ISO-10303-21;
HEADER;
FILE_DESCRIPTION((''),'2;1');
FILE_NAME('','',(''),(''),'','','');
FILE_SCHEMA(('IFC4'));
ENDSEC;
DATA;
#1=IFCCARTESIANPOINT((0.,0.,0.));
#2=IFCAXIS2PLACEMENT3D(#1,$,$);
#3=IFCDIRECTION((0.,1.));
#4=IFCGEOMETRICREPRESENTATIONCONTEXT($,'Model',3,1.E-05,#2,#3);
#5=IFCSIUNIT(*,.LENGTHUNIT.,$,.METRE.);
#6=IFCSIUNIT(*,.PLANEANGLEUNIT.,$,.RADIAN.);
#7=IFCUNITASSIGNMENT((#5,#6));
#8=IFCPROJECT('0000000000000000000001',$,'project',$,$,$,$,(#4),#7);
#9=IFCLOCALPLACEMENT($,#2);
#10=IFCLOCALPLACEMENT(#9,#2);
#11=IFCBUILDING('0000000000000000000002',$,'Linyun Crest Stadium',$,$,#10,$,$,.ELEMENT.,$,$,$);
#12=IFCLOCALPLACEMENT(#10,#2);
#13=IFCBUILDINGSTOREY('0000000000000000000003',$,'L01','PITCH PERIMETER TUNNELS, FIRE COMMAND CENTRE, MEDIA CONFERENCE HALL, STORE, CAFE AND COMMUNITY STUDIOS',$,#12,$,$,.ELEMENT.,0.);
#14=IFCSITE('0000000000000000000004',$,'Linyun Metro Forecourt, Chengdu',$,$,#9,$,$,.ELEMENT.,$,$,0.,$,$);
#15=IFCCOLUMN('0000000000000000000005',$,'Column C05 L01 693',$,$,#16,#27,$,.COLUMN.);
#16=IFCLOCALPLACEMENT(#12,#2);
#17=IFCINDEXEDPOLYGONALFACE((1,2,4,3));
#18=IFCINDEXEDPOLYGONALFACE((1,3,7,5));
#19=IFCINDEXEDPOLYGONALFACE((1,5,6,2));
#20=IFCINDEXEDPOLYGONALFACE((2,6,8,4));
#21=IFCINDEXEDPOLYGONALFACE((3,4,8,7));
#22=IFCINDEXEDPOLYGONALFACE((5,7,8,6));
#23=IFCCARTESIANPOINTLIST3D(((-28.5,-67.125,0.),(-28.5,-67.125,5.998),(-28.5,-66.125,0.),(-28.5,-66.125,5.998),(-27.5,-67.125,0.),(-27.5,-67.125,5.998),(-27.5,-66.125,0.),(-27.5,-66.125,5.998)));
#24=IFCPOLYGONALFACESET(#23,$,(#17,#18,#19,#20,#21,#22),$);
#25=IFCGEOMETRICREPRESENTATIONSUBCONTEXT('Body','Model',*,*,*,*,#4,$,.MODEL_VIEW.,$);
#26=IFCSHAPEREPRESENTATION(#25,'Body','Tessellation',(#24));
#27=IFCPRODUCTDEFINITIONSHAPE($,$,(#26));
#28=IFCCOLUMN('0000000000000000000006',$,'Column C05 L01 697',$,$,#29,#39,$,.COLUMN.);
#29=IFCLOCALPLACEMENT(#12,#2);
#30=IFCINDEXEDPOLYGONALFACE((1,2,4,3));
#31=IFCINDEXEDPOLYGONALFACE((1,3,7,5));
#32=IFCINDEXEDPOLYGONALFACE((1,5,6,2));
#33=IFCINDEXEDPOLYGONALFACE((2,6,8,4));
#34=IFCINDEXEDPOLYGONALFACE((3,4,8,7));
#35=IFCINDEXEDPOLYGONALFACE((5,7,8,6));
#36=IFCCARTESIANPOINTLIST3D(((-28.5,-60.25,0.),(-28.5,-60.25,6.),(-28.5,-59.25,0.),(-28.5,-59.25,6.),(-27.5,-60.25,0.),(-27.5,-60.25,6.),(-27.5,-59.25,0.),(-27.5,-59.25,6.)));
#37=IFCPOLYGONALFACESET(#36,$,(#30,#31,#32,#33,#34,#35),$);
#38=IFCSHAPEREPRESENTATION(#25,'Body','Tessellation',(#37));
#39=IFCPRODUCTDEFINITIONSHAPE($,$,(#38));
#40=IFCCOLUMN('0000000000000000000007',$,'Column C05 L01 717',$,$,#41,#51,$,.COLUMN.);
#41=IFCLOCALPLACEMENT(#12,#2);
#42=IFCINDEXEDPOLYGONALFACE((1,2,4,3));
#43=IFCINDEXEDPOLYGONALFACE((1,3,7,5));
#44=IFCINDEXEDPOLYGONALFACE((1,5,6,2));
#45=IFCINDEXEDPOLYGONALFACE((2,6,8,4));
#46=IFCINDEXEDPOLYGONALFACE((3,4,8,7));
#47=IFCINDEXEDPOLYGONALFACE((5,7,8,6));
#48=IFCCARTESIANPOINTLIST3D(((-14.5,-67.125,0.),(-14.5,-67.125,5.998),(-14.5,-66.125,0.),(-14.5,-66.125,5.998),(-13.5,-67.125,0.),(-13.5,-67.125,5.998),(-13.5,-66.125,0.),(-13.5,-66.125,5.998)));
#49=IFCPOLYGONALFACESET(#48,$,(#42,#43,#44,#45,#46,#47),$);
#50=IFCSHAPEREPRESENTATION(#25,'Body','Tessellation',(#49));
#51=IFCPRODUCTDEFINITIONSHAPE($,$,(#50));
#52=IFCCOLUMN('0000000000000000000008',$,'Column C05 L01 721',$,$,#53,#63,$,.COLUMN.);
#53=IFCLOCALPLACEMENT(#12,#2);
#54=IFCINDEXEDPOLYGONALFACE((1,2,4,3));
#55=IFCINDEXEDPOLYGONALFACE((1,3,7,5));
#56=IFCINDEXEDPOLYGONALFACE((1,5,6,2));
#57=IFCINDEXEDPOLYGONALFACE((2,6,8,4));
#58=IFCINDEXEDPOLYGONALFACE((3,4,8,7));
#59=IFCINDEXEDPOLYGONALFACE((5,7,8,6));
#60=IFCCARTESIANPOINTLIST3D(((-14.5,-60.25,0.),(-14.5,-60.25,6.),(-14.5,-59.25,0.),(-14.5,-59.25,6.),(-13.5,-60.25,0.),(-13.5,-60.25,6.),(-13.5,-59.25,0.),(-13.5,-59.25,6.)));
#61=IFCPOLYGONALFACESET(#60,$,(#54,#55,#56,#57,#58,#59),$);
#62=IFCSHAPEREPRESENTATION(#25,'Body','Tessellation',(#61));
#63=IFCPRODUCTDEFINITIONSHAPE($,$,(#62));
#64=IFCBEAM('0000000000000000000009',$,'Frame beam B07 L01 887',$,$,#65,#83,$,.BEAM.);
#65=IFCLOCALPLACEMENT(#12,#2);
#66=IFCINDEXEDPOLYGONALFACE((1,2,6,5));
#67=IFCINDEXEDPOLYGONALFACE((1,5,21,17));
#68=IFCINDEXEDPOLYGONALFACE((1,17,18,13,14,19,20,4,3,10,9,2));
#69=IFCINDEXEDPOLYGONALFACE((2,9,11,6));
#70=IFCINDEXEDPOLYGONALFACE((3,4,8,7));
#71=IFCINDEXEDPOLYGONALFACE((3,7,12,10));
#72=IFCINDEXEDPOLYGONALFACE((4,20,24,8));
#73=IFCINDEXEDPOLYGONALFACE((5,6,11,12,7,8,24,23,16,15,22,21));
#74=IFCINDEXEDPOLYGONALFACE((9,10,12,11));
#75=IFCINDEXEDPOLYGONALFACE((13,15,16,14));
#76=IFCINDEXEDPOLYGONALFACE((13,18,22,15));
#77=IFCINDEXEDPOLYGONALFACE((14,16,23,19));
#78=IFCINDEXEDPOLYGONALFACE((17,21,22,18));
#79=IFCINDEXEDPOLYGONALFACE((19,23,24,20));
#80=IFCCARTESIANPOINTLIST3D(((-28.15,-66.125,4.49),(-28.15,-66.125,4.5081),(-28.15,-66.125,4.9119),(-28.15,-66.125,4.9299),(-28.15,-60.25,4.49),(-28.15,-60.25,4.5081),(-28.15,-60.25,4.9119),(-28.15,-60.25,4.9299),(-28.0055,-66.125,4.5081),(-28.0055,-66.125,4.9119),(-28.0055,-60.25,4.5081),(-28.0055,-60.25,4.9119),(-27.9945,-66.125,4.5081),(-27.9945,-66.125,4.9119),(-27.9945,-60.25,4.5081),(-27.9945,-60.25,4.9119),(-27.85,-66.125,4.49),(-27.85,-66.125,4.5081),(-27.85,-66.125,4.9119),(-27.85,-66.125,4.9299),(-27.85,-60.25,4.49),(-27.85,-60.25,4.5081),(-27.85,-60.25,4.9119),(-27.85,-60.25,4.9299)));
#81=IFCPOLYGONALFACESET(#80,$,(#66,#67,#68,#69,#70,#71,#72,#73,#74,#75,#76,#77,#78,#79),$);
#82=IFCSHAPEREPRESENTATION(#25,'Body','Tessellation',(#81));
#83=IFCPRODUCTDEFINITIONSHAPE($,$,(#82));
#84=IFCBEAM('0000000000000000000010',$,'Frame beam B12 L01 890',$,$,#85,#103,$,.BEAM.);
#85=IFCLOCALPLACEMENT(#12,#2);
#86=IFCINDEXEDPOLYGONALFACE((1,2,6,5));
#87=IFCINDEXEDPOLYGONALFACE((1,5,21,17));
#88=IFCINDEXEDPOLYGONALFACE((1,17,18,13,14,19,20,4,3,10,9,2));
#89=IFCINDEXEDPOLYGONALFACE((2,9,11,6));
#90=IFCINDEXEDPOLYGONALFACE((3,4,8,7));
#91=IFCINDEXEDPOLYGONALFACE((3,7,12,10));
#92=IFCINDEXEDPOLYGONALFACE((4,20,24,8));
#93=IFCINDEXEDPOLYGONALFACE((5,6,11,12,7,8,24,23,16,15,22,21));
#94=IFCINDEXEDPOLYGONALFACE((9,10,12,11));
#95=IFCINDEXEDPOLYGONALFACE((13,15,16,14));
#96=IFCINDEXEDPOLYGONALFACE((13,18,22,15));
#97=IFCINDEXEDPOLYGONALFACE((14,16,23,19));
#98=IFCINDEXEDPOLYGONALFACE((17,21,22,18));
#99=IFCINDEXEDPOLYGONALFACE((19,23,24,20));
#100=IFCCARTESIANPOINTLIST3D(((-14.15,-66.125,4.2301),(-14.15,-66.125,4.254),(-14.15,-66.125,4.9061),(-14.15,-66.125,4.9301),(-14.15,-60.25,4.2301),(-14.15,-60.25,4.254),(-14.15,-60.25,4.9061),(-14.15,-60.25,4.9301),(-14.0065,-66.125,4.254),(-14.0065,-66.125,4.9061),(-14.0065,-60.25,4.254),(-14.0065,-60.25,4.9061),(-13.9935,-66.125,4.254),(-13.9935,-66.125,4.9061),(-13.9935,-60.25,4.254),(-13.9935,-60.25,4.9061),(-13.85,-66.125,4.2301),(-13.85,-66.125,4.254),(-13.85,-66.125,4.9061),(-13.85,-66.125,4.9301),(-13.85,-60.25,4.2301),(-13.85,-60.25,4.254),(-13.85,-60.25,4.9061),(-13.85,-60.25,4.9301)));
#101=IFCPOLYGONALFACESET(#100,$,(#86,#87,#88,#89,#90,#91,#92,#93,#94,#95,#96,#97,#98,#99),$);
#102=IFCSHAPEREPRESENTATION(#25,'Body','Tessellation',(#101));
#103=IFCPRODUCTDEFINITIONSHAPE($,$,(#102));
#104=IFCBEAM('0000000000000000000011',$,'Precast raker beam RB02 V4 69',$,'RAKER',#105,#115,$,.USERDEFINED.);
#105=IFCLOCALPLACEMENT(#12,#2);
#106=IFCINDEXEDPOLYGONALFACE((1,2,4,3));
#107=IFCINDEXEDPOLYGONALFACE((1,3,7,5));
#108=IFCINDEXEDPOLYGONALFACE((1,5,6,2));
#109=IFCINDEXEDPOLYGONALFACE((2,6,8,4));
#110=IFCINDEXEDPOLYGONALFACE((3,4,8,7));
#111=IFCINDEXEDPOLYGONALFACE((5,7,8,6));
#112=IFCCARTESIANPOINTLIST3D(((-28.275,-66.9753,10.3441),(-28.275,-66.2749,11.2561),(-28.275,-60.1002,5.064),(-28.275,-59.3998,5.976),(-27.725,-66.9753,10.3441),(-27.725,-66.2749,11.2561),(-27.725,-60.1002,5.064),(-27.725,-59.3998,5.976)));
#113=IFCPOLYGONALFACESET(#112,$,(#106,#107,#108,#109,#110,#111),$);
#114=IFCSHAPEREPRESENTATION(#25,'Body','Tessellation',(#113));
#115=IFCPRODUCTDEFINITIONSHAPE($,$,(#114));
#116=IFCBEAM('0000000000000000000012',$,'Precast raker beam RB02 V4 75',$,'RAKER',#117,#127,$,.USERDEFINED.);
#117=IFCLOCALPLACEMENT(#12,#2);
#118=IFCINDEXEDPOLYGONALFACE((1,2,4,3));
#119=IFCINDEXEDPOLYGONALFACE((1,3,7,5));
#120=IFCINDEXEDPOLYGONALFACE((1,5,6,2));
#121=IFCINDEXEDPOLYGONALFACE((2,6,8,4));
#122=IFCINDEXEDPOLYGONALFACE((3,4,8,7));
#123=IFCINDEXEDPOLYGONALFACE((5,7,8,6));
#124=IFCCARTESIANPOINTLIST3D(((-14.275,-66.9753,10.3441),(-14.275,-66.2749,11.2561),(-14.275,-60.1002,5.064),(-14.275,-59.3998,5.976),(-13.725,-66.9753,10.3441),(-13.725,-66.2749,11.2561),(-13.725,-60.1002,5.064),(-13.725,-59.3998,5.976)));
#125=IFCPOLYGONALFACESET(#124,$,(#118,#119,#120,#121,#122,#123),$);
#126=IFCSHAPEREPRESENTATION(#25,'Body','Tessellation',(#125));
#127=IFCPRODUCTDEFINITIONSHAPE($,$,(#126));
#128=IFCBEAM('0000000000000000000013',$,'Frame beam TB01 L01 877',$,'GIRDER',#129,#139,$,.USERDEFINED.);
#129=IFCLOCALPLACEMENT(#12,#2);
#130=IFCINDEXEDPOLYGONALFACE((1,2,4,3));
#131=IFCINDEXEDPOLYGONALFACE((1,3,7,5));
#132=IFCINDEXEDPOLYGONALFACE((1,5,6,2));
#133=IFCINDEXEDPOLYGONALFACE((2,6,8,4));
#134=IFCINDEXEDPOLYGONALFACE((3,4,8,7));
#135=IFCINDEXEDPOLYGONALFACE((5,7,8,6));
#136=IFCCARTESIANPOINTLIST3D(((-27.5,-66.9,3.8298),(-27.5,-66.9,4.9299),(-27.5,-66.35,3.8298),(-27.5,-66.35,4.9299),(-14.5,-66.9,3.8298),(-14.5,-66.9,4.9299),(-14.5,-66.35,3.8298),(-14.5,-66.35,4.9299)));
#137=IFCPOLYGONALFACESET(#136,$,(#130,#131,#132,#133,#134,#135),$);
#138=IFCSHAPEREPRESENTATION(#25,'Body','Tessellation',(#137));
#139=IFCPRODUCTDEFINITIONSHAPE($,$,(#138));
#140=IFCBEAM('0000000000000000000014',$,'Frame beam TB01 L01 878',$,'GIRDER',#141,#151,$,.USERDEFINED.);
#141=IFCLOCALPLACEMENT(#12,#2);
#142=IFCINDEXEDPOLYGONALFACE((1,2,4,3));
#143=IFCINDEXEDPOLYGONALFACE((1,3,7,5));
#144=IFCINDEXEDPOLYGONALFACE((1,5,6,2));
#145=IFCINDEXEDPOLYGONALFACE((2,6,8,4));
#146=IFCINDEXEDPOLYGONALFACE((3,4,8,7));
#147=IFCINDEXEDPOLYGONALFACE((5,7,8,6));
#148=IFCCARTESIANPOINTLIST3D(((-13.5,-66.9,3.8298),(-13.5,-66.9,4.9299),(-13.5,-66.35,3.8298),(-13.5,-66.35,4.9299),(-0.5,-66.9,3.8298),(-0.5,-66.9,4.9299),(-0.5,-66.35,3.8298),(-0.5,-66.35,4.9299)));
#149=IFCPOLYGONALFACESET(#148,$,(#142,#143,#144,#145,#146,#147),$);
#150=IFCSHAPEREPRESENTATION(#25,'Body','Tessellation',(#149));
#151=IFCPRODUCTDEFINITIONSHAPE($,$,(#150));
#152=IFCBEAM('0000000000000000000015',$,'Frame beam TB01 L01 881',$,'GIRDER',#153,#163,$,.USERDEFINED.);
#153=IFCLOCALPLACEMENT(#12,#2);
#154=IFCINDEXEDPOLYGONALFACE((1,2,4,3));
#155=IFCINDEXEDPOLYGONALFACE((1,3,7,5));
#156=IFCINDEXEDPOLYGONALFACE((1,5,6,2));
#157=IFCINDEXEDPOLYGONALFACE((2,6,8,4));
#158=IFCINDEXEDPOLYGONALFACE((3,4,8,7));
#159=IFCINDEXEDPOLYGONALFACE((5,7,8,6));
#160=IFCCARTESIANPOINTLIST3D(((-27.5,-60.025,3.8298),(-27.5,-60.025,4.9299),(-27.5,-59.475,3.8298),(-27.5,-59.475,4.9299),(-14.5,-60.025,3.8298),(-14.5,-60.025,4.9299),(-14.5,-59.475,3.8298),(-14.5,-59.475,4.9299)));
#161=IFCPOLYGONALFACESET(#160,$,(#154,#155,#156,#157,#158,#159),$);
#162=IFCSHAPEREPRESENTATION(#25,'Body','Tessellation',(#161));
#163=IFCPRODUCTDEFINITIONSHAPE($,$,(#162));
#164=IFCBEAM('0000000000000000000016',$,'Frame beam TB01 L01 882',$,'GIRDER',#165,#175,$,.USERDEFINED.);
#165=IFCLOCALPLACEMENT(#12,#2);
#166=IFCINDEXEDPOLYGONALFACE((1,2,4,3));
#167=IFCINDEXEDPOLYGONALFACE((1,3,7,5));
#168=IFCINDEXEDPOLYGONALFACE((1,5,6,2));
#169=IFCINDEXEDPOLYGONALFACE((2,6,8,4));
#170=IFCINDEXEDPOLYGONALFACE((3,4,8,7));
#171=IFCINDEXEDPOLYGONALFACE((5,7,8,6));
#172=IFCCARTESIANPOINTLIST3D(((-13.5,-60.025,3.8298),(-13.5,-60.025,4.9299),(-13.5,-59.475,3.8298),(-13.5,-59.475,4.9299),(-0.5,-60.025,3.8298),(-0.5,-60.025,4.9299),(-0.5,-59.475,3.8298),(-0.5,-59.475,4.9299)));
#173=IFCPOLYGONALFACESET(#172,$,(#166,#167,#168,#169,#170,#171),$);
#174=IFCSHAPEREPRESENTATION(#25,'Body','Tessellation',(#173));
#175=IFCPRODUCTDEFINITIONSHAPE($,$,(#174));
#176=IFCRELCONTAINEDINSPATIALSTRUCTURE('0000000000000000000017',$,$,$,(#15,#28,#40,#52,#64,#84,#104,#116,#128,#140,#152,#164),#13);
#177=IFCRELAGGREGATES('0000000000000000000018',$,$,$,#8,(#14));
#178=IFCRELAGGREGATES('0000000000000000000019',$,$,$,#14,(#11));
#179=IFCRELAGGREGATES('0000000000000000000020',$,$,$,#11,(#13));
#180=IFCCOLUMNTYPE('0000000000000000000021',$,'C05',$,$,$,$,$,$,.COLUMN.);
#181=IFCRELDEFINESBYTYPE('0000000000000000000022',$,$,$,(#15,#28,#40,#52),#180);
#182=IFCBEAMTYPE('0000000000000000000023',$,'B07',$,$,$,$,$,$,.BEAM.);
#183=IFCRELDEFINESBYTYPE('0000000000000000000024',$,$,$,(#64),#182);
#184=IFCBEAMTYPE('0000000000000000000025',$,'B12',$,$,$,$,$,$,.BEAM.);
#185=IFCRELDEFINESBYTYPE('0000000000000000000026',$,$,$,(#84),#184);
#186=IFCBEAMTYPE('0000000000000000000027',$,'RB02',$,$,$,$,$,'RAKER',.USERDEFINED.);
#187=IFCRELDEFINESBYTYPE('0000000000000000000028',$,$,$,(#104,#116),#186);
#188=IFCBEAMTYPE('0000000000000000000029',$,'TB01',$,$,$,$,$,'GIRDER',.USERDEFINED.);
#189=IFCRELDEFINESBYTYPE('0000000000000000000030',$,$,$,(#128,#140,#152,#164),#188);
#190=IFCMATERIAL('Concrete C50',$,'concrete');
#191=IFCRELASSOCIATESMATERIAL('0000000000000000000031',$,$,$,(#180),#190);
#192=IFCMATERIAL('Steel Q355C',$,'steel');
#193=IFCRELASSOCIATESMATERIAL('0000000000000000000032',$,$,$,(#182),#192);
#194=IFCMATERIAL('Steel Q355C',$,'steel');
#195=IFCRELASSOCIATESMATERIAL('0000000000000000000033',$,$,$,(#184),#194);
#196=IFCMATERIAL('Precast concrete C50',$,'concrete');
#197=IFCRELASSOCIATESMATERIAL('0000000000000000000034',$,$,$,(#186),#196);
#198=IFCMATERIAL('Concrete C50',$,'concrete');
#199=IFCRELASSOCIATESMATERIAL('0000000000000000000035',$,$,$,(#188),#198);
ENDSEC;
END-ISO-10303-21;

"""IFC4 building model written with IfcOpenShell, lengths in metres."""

from ifc_helpers import new_model, si_unit, direction, frame, origin, origin_2d, place, context, subcontext, project, spatial, rectangle, i_section, extrude, material, material_profile, profile_set, type_object, element, save


model = new_model("IFC4")

# Units and contexts
model_context = context("Model", 3, precision=1e-05, world=origin(), true_north=direction((0.0, 1.0)))
body_context = subcontext(model_context, "Body", "Model", "MODEL_VIEW")
ifc_project = project(units=[si_unit("LENGTHUNIT", "METRE"), si_unit("PLANEANGLEUNIT", "RADIAN")], contexts=[model_context])

# Site, building, storey
site_placement = place(None, origin())
site = spatial("IfcSite", under=ifc_project, at=site_placement, Name="Linyun Metro Forecourt, Chengdu", CompositionType="ELEMENT", RefElevation=0.0)
building_placement = place(site_placement, origin())
building = spatial("IfcBuilding", under=site, at=building_placement, Name="Linyun Crest Stadium", CompositionType="ELEMENT")
storey_placement = place(building_placement, origin())
storey = spatial("IfcBuildingStorey", under=building, at=storey_placement, Name="L01", Description="PITCH PERIMETER TUNNELS, FIRE COMMAND CENTRE, MEDIA CONFERENCE HALL, STORE, CAFE AND COMMUNITY STUDIOS", CompositionType="ELEMENT", Elevation=0.0)

# Columns
ifc_material_1 = material(Name="Concrete C50", Category="concrete")
ifc_material_profile_1 = material_profile(ifc_material_1, rectangle(XDim=1.0, YDim=1.0, at=origin_2d()), Name="RC 1000x1000")
ifc_profile_set_1 = profile_set([ifc_material_profile_1], Name="Concrete C50")
column_type = type_object("IfcColumnType", Name="C05", PredefinedType="COLUMN", material=ifc_profile_set_1)
column_1_placement = place(storey_placement, frame((-28.0, -66.625, 0.0), z_axis=(0.0, 0.0, 1.0), x_axis=(1.0, 0.0, 0.0)))
element("IfcColumn", 1, at=column_1_placement, inside=storey, type_object=column_type, Name="Column C05 L01 693", PredefinedType="COLUMN", context=body_context, shape_type="SweptSolid", body=[
    extrude(rectangle(XDim=1.0, YDim=1.0, at=origin_2d()), origin(), (0.0, 0.0, 1.0), 5.998),
])
column_2_placement = place(storey_placement, frame((-28.0, -59.75, 0.0), z_axis=(0.0, 0.0, 1.0), x_axis=(1.0, 0.0, 0.0)))
element("IfcColumn", 2, at=column_2_placement, inside=storey, type_object=column_type, Name="Column C05 L01 697", PredefinedType="COLUMN", context=body_context, shape_type="SweptSolid", body=[
    extrude(rectangle(XDim=1.0, YDim=1.0, at=origin_2d()), origin(), (0.0, 0.0, 1.0), 6.0),
])
column_3_placement = place(storey_placement, frame((-14.0, -66.625, 0.0), z_axis=(0.0, 0.0, 1.0), x_axis=(1.0, 0.0, 0.0)))
element("IfcColumn", 3, at=column_3_placement, inside=storey, type_object=column_type, Name="Column C05 L01 717", PredefinedType="COLUMN", context=body_context, shape_type="SweptSolid", body=[
    extrude(rectangle(XDim=1.0, YDim=1.0, at=origin_2d()), origin(), (0.0, 0.0, 1.0), 5.998),
])
column_4_placement = place(storey_placement, frame((-14.0, -59.75, 0.0), z_axis=(0.0, 0.0, 1.0), x_axis=(1.0, 0.0, 0.0)))
element("IfcColumn", 4, at=column_4_placement, inside=storey, type_object=column_type, Name="Column C05 L01 721", PredefinedType="COLUMN", context=body_context, shape_type="SweptSolid", body=[
    extrude(rectangle(XDim=1.0, YDim=1.0, at=origin_2d()), origin(), (0.0, 0.0, 1.0), 6.0),
])

# Beams
ifc_material_2 = material(Name="Steel Q355C", Category="steel")
ifc_material_profile_2 = material_profile(ifc_material_2, i_section(OverallWidth=0.3, OverallDepth=0.4399, WebThickness=0.011, FlangeThickness=0.0181, at=origin_2d()), Name="HM 440x300")
ifc_profile_set_2 = profile_set([ifc_material_profile_2], Name="Steel Q355C")
beam_type_1 = type_object("IfcBeamType", Name="B07", PredefinedType="BEAM", material=ifc_profile_set_2)
beam_1_placement = place(storey_placement, frame((-28.0, -66.125, 4.71), z_axis=(0.0, 1.0, 0.0), x_axis=(-1.0, 0.0, 0.0)))
element("IfcBeam", 5, at=beam_1_placement, inside=storey, type_object=beam_type_1, Name="Frame beam B07 L01 887", PredefinedType="BEAM", context=body_context, shape_type="SweptSolid", body=[
    extrude(i_section(OverallWidth=0.3, OverallDepth=0.4399, WebThickness=0.011, FlangeThickness=0.0181, at=origin_2d()), origin(), (0.0, 0.0, 1.0), 5.875),
])
ifc_material_3 = material(Name="Steel Q355C", Category="steel")
ifc_material_profile_3 = material_profile(ifc_material_3, i_section(OverallWidth=0.3, OverallDepth=0.7, WebThickness=0.0129, FlangeThickness=0.0239, at=origin_2d()), Name="HN 700x300")
ifc_profile_set_3 = profile_set([ifc_material_profile_3], Name="Steel Q355C")
beam_type_2 = type_object("IfcBeamType", Name="B12", PredefinedType="BEAM", material=ifc_profile_set_3)
beam_2_placement = place(storey_placement, frame((-14.0, -66.125, 4.5801), z_axis=(0.0, 1.0, 0.0), x_axis=(-1.0, 0.0, 0.0)))
element("IfcBeam", 6, at=beam_2_placement, inside=storey, type_object=beam_type_2, Name="Frame beam B12 L01 890", PredefinedType="BEAM", context=body_context, shape_type="SweptSolid", body=[
    extrude(i_section(OverallWidth=0.3, OverallDepth=0.7, WebThickness=0.0129, FlangeThickness=0.0239, at=origin_2d()), origin(), (0.0, 0.0, 1.0), 5.875),
])
ifc_material_4 = material(Name="Precast concrete C50", Category="concrete")
ifc_material_profile_4 = material_profile(ifc_material_4, rectangle(XDim=0.55, YDim=1.1499, at=origin_2d()), Name="PCR 1150x550")
ifc_profile_set_4 = profile_set([ifc_material_profile_4], Name="Precast concrete C50")
beam_type_3 = type_object("IfcBeamType", Name="RB02", ElementType="RAKER", PredefinedType="USERDEFINED", material=ifc_profile_set_4)
for number, where, z_axis, x_axis, name in (
    (7, (-28.0, -59.75, 5.52), (0.0, -0.793094, 0.609099), (1.0, 0.0, 0.0), "Precast raker beam RB02 V4 69"),
    (8, (-14.0, -59.75, 5.52), (0.0, -0.793094, 0.609099), (1.0, 0.0, 0.0), "Precast raker beam RB02 V4 75"),
):
    element("IfcBeam", number, at=place(storey_placement, frame(where, z_axis=z_axis, x_axis=x_axis)), inside=storey, type_object=beam_type_3, Name=name, ObjectType="RAKER", PredefinedType="USERDEFINED", context=body_context, shape_type="SweptSolid", body=[
        extrude(rectangle(XDim=0.55, YDim=1.1499, at=origin_2d()), origin(), (0.0, 0.0, 1.0), 8.6687),
    ])
ifc_material_5 = material(Name="Concrete C50", Category="concrete")
ifc_material_profile_5 = material_profile(ifc_material_5, rectangle(XDim=0.55, YDim=1.1001, at=origin_2d()), Name="RCB 1100x550")
ifc_profile_set_5 = profile_set([ifc_material_profile_5], Name="Concrete C50")
beam_type_4 = type_object("IfcBeamType", Name="TB01", ElementType="GIRDER", PredefinedType="USERDEFINED", material=ifc_profile_set_5)
for number, where, z_axis, x_axis, name in (
    (9, (-27.5, -66.625, 4.3799), (1.0, 0.0, 0.0), (0.0, 1.0, 0.0), "Frame beam TB01 L01 877"),
    (10, (-13.5, -66.625, 4.3799), (1.0, 0.0, 0.0), (0.0, 1.0, 0.0), "Frame beam TB01 L01 878"),
    (11, (-27.5, -59.75, 4.3799), (1.0, 0.0, 0.0), (0.0, 1.0, 0.0), "Frame beam TB01 L01 881"),
    (12, (-13.5, -59.75, 4.3799), (1.0, 0.0, 0.0), (0.0, 1.0, 0.0), "Frame beam TB01 L01 882"),
):
    element("IfcBeam", number, at=place(storey_placement, frame(where, z_axis=z_axis, x_axis=x_axis)), inside=storey, type_object=beam_type_4, Name=name, ObjectType="GIRDER", PredefinedType="USERDEFINED", context=body_context, shape_type="SweptSolid", body=[
        extrude(rectangle(XDim=0.55, YDim=1.1001, at=origin_2d()), origin(), (0.0, 0.0, 1.0), 13.0),
    ])

save(model, "model.ifc")
